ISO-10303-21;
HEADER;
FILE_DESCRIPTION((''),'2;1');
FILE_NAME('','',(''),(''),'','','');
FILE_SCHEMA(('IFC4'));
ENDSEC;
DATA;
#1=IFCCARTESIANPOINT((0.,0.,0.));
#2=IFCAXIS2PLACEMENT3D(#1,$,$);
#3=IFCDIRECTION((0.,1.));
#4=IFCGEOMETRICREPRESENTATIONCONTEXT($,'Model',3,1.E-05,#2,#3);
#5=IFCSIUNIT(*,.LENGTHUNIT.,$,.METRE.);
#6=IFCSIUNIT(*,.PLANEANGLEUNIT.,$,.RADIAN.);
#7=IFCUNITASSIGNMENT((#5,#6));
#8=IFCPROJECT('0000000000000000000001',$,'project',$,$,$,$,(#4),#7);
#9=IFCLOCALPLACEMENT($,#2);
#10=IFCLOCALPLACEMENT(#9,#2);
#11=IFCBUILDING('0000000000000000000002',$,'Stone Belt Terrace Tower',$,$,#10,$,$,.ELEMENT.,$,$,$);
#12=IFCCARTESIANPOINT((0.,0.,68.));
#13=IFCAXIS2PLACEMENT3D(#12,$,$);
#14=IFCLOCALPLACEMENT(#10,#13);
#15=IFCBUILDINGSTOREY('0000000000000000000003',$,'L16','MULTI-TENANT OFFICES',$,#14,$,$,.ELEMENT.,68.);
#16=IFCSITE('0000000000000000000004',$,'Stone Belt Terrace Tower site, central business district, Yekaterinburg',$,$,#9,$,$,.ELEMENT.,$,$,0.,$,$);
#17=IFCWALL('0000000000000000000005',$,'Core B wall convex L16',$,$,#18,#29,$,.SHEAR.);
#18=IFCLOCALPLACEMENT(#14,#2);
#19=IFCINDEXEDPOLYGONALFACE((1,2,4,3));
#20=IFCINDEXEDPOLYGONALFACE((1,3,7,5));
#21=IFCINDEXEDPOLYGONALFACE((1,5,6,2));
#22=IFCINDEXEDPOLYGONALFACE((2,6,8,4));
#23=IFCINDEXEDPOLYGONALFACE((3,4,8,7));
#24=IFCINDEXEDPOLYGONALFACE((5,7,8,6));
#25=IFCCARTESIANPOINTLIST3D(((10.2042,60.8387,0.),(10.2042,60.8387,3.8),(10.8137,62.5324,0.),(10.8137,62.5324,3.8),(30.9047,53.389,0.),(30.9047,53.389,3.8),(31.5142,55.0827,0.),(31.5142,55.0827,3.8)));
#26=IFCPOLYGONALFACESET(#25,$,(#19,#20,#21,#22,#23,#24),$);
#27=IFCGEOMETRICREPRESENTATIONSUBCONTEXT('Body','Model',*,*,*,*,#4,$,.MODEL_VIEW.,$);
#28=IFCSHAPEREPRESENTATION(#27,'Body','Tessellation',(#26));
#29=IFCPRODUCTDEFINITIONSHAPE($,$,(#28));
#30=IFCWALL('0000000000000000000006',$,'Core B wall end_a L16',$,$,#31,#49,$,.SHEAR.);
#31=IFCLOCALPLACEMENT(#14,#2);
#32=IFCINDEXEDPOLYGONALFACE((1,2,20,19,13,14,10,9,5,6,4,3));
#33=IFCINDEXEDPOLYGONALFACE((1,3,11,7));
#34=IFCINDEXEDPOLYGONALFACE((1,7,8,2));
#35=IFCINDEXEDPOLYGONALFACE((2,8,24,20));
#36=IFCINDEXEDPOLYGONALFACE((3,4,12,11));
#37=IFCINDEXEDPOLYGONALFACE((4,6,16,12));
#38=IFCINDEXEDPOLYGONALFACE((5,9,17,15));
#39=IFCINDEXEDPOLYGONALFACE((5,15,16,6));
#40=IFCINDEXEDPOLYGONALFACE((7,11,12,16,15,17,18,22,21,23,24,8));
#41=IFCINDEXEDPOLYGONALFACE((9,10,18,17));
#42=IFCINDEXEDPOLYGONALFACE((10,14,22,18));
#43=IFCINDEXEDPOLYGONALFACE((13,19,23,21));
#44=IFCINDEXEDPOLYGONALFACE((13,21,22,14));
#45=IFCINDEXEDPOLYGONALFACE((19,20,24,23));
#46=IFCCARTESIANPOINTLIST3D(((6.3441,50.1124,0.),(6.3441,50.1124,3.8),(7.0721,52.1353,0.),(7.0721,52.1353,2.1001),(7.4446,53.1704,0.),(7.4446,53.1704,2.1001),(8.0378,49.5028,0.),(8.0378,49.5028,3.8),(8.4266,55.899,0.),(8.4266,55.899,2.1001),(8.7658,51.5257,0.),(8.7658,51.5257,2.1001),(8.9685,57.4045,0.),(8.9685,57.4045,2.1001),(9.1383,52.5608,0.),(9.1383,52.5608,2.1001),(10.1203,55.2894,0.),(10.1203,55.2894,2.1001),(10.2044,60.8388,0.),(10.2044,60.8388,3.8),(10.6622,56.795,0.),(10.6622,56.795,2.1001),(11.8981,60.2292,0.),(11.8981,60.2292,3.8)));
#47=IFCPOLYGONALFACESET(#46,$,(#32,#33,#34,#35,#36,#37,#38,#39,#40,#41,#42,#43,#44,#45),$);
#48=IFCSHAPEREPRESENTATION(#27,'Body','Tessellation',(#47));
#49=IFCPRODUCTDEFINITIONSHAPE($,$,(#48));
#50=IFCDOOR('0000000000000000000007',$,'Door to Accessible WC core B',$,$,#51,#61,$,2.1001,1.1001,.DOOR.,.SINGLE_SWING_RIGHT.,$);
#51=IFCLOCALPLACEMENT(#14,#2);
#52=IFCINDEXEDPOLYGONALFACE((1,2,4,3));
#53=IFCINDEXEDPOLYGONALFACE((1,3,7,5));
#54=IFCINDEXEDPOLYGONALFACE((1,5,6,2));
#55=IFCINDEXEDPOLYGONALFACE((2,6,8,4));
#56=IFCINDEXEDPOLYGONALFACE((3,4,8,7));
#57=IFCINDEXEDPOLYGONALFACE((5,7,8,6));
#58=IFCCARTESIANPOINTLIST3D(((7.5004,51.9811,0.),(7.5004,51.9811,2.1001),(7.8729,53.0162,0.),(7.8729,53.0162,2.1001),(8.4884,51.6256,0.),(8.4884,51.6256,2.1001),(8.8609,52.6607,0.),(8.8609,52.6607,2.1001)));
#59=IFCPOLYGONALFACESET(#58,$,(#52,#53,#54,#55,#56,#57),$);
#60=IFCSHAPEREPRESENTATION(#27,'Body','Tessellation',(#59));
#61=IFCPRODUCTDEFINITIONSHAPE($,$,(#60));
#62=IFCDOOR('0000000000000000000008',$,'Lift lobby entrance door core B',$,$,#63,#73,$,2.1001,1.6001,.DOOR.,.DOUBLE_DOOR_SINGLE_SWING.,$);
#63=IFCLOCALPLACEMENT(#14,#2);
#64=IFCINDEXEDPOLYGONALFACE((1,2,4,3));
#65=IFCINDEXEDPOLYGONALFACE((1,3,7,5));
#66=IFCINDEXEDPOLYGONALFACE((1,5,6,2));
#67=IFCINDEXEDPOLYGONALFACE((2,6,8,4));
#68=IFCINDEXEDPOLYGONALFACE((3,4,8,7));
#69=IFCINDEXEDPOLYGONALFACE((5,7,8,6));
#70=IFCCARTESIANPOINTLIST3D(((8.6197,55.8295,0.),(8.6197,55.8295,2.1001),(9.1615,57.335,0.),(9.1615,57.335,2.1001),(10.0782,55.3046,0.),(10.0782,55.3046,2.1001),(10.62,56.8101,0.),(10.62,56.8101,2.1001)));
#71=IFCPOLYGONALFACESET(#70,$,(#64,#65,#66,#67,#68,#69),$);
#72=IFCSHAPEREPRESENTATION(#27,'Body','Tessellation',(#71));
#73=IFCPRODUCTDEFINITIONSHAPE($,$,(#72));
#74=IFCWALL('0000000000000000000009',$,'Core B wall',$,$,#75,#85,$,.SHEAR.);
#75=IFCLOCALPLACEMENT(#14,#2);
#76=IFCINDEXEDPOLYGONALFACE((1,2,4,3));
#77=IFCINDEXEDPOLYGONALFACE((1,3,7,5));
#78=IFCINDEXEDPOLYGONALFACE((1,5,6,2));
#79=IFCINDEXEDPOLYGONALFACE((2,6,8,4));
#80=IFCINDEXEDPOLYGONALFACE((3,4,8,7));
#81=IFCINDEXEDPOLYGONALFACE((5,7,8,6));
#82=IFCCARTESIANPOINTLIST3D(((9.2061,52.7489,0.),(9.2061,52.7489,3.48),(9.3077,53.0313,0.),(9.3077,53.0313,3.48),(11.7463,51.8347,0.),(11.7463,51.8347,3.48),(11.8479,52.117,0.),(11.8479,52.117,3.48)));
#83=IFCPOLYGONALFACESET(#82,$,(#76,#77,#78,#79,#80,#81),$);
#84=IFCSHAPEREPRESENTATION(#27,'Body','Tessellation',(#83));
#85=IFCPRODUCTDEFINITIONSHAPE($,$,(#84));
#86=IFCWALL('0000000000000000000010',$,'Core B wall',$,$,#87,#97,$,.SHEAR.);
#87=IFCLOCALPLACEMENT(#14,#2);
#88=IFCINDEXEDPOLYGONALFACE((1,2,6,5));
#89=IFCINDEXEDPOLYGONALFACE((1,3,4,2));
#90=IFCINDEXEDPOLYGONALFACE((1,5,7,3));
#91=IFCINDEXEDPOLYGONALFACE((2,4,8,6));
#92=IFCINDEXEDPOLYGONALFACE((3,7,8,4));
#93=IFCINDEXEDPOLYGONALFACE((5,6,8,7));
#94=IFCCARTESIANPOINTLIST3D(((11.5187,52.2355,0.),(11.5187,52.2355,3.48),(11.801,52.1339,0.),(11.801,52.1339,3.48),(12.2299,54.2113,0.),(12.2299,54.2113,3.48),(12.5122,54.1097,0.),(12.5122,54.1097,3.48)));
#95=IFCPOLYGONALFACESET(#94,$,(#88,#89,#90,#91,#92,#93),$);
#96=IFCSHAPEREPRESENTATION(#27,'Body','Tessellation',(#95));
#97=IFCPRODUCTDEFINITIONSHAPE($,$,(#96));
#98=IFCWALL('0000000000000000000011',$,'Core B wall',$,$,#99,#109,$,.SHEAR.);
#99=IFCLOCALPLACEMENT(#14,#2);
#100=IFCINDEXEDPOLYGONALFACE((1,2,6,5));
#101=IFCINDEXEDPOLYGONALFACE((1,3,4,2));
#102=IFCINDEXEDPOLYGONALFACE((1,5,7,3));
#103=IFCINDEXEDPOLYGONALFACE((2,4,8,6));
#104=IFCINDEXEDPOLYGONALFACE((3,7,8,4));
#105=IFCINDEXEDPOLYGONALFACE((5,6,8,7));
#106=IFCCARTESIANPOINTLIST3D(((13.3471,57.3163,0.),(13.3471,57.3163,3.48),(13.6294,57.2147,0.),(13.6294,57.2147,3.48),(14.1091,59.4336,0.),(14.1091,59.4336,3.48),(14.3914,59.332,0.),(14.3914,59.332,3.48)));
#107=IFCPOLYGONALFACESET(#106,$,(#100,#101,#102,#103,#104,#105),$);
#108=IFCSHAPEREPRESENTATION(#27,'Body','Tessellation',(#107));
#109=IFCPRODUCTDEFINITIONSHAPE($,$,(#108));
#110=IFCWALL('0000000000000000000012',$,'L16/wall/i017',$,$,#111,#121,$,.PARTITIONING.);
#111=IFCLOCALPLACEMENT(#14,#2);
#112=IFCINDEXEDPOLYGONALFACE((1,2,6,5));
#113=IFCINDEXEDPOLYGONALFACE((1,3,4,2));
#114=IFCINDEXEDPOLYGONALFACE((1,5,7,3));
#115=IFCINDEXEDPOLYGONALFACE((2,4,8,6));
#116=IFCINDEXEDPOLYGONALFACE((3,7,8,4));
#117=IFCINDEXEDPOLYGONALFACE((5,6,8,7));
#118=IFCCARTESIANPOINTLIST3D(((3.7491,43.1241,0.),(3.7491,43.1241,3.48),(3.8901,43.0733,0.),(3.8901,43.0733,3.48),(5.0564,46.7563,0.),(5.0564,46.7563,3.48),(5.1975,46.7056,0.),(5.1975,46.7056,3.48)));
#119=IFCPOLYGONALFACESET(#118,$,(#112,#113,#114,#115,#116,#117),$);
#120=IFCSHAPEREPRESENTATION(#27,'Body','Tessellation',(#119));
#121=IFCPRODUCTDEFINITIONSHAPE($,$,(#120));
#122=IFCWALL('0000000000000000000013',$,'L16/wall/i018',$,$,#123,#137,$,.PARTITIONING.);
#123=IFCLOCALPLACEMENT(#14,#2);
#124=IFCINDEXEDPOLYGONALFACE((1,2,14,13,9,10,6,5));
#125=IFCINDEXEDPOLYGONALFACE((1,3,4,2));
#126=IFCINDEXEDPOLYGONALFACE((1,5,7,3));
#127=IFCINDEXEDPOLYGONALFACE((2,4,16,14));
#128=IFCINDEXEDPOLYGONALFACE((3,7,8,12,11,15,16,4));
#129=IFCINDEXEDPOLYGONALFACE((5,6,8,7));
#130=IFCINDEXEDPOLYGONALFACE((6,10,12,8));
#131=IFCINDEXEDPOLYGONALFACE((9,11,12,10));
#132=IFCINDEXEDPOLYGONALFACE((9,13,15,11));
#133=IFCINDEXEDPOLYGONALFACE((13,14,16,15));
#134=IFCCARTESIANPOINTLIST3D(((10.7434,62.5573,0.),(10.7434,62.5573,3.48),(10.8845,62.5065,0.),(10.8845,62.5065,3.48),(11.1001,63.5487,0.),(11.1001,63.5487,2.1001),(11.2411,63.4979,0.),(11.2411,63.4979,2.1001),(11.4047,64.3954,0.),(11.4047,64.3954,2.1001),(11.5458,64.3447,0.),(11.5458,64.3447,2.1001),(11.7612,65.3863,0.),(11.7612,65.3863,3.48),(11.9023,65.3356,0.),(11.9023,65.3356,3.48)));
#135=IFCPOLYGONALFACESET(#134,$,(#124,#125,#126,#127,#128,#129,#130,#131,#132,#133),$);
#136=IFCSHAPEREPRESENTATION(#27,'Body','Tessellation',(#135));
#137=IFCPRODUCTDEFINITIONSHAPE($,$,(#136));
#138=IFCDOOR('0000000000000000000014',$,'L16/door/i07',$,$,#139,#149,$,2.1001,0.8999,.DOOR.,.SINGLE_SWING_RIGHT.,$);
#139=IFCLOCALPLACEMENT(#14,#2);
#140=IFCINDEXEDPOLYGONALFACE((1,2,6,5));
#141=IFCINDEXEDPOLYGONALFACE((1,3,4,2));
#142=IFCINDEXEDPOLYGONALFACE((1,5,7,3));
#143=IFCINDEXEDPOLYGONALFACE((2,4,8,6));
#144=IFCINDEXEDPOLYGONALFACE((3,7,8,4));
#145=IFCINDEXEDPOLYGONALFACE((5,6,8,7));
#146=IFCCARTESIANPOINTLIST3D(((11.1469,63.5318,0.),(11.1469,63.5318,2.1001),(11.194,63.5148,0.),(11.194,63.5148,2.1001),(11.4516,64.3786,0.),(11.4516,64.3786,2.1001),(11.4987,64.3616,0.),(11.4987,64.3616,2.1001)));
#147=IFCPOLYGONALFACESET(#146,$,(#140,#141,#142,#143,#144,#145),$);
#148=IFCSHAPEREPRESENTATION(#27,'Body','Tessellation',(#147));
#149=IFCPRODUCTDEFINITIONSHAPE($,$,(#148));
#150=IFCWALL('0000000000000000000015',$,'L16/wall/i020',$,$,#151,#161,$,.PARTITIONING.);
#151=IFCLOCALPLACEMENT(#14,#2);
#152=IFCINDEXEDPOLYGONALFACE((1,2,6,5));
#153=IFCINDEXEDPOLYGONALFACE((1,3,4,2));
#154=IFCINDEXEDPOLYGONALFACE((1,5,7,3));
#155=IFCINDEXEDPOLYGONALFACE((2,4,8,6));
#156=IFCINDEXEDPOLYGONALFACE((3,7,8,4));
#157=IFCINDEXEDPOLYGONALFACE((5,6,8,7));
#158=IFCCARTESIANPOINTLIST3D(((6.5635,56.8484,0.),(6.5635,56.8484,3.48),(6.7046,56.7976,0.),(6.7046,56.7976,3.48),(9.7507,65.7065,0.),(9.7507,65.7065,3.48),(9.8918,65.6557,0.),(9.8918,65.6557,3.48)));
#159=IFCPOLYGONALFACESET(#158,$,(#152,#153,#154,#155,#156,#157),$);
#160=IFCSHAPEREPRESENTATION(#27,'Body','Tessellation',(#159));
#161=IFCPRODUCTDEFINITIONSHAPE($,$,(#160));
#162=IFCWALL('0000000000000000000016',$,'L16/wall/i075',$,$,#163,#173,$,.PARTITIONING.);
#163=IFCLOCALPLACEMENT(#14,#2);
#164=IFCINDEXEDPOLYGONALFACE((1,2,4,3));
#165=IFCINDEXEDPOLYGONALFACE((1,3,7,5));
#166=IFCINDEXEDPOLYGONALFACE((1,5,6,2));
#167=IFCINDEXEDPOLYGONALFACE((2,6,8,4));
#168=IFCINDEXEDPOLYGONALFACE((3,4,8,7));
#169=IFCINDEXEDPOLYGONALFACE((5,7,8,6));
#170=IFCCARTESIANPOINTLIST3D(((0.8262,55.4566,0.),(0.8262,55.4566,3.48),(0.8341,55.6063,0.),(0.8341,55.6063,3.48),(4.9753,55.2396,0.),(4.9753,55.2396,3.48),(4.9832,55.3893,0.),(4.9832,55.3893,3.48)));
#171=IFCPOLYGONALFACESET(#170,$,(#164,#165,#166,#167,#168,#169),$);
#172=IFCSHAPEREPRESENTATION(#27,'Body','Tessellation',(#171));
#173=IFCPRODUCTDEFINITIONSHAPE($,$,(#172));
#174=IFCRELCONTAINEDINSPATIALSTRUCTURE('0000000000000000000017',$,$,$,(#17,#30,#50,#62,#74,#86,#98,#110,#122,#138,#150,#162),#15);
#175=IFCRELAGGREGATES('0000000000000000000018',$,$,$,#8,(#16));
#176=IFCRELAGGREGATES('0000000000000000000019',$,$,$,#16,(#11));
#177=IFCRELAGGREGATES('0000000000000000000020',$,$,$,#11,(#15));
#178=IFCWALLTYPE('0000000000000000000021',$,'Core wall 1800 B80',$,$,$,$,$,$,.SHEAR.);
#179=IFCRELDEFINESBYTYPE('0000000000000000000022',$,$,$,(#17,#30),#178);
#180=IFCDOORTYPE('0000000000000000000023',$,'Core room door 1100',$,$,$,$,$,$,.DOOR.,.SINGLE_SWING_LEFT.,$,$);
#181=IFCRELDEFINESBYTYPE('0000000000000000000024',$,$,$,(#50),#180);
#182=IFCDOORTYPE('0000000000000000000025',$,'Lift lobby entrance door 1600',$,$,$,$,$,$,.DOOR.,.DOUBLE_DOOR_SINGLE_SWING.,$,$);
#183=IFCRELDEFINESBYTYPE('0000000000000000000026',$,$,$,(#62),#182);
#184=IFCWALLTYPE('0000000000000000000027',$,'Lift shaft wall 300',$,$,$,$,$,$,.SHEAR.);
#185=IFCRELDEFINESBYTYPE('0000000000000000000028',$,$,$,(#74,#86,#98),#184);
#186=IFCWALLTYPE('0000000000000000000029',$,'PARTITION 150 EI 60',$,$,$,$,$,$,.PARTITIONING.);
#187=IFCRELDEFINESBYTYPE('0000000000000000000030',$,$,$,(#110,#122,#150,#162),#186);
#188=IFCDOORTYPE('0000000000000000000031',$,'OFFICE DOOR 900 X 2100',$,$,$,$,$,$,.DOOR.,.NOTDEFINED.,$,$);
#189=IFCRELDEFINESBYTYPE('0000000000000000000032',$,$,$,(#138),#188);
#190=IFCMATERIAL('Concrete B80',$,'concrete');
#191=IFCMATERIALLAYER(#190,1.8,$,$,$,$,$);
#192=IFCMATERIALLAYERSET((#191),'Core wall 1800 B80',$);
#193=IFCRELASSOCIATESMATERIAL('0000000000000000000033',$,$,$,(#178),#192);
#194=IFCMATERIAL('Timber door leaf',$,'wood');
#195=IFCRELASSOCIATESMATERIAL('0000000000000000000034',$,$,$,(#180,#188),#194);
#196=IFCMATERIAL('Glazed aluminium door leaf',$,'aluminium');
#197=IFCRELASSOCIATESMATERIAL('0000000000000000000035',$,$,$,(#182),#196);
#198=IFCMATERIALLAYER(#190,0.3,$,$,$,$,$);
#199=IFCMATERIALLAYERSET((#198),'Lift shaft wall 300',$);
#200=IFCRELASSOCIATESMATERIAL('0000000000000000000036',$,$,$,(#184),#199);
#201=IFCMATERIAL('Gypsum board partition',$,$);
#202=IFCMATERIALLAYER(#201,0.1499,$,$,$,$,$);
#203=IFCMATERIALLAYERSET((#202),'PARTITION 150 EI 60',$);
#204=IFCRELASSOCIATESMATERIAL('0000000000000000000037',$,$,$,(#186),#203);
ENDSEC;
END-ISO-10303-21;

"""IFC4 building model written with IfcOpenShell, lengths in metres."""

from ifc_helpers import new_model, si_unit, direction, frame, frame_2d, origin, place, context, subcontext, project, spatial, rectangle, extrude, material, layer, layer_set, type_object, element, fill, save


model = new_model("IFC4")

# Units and contexts
model_context = context("Model", 3, precision=1e-05, world=origin(), true_north=direction((0.0, 1.0)))
body_context = subcontext(model_context, "Body", "Model", "MODEL_VIEW")
ifc_project = project(units=[si_unit("LENGTHUNIT", "METRE"), si_unit("PLANEANGLEUNIT", "RADIAN")], contexts=[model_context])

# Site, building, storey
site_placement = place(None, origin())
site = spatial("IfcSite", under=ifc_project, at=site_placement, Name="Stone Belt Terrace Tower site, central business district, Yekaterinburg", CompositionType="ELEMENT", RefElevation=0.0)
building_placement = place(site_placement, origin())
building = spatial("IfcBuilding", under=site, at=building_placement, Name="Stone Belt Terrace Tower", CompositionType="ELEMENT")
storey_placement = place(building_placement, frame((0.0, 0.0, 68.0)))
storey = spatial("IfcBuildingStorey", under=building, at=storey_placement, Name="L16", Description="MULTI-TENANT OFFICES", CompositionType="ELEMENT", Elevation=68.0)

# Shared definitions
ifc_material_1 = material(Name="Concrete B80", Category="concrete")

# Shared definitions
ifc_layer_1 = layer(ifc_material_1, 1.8)
ifc_layer_set_1 = layer_set([ifc_layer_1], Name="Core wall 1800 B80")
wall_type_1 = type_object("IfcWallType", Name="Core wall 1800 B80", PredefinedType="SHEAR", material=ifc_layer_set_1)
ifc_material_2 = material(Name="Timber door leaf", Category="wood")
door_type_1 = type_object("IfcDoorType", Name="Core room door 1100", OperationType="SINGLE_SWING_LEFT", PredefinedType="DOOR", material=ifc_material_2)

# Wall
wall_1_placement = place(storey_placement, frame((10.509, 61.6855, 0.0), z_axis=(0.0, 0.0, 1.0), x_axis=(0.940923, -0.338621, 0.0)))
element("IfcWall", 1, at=wall_1_placement, inside=storey, type_object=wall_type_1, Name="Core B wall convex L16", PredefinedType="SHEAR", context=body_context, shape_type="SweptSolid", body=[
    extrude(rectangle(XDim=22.0002, YDim=1.8, at=frame_2d((11.0, 0.0))), origin(), (0.0, 0.0, 1.0), 3.8),
])

# Wall, openings, doors
wall_2_placement = place(storey_placement, frame((7.1909, 49.8076, 0.0), z_axis=(0.0, 0.0, 1.0), x_axis=(0.338632, 0.940919, 0.0)))
wall_2 = element("IfcWall", 2, at=wall_2_placement, inside=storey, type_object=wall_type_1, Name="Core B wall end_a L16", PredefinedType="SHEAR", context=body_context, shape_type="SweptSolid", body=[
    extrude(rectangle(XDim=11.3999, YDim=1.8, at=frame_2d((5.7, 0.0))), origin(), (0.0, 0.0, 1.0), 3.8),
])
opening_1_placement = place(wall_2_placement, frame((6.1499, 0.0, 0.0)))
opening_1 = element("IfcOpeningElement", 3, at=opening_1_placement, cuts=wall_2, PredefinedType="OPENING", context=body_context, shape_type="SweptSolid", body=[
    extrude(rectangle(XDim=1.6001, YDim=2.1001, at=frame_2d((0.8, 1.05))), frame((0.0, 0.9099, 0.0), z_axis=(0.0, -1.0, 0.0), x_axis=(1.0, 0.0, 0.0)), (0.0, 0.0, 1.0), 1.8201),
])
opening_2_placement = place(wall_2_placement, frame((2.1499, 0.0, 0.0)))
opening_2 = element("IfcOpeningElement", 4, at=opening_2_placement, cuts=wall_2, PredefinedType="OPENING", context=body_context, shape_type="SweptSolid", body=[
    extrude(rectangle(XDim=1.1001, YDim=2.1001, at=frame_2d((0.55, 1.05))), frame((0.0, 0.9099, 0.0), z_axis=(0.0, -1.0, 0.0), x_axis=(1.0, 0.0, 0.0)), (0.0, 0.0, 1.0), 1.8201),
])
door_1_placement = place(opening_2_placement, origin())
door_1 = element("IfcDoor", 5, at=door_1_placement, inside=storey, type_object=door_type_1, Name="Door to Accessible WC core B", OperationType="SINGLE_SWING_RIGHT", OverallHeight=2.1001, OverallWidth=1.1001, PredefinedType="DOOR", context=body_context, shape_type="SweptSolid", body=[
    extrude(rectangle(XDim=1.1001, YDim=2.1001, at=frame_2d((0.55, 1.05))), frame((0.0, 0.4448, 0.0), z_axis=(0.0, -1.0, 0.0), x_axis=(1.0, 0.0, 0.0)), (0.0, 0.0, 1.0), 1.05),
])
fill(opening_2, door_1)
ifc_material_3 = material(Name="Glazed aluminium door leaf", Category="aluminium")
door_type_2 = type_object("IfcDoorType", Name="Lift lobby entrance door 1600", OperationType="DOUBLE_DOOR_SINGLE_SWING", PredefinedType="DOOR", material=ifc_material_3)
door_2_placement = place(opening_1_placement, origin())
door_2 = element("IfcDoor", 6, at=door_2_placement, inside=storey, type_object=door_type_2, Name="Lift lobby entrance door core B", OperationType="DOUBLE_DOOR_SINGLE_SWING", OverallHeight=2.1001, OverallWidth=1.6001, PredefinedType="DOOR", context=body_context, shape_type="SweptSolid", body=[
    extrude(rectangle(XDim=1.6001, YDim=2.1001, at=frame_2d((0.8, 1.05))), frame((0.0, 0.6948, 0.0), z_axis=(0.0, -1.0, 0.0), x_axis=(1.0, 0.0, 0.0)), (0.0, 0.0, 1.0), 1.55),
])
fill(opening_1, door_2)

# Walls
ifc_layer_2 = layer(ifc_material_1, 0.3)
ifc_layer_set_2 = layer_set([ifc_layer_2], Name="Lift shaft wall 300")
wall_type_2 = type_object("IfcWallType", Name="Lift shaft wall 300", PredefinedType="SHEAR", material=ifc_layer_set_2)
wall_3_placement = place(storey_placement, frame((11.7971, 51.9758, 0.0), z_axis=(0.0, 0.0, 1.0), x_axis=(-0.94091, 0.338655, 0.0)))
element("IfcWall", 7, at=wall_3_placement, inside=storey, type_object=wall_type_2, Name="Core B wall", PredefinedType="SHEAR", context=body_context, shape_type="SweptSolid", body=[
    extrude(rectangle(XDim=2.6997, YDim=0.3, at=frame_2d((1.3499, 0.0))), origin(), (0.0, 0.0, 1.0), 3.48),
])
wall_4_placement = place(storey_placement, frame((11.6599, 52.1848, 0.0), z_axis=(0.0, 0.0, 1.0), x_axis=(0.33867, 0.940905, 0.0)))
element("IfcWall", 8, at=wall_4_placement, inside=storey, type_object=wall_type_2, Name="Core B wall", PredefinedType="SHEAR", context=body_context, shape_type="SweptSolid", body=[
    extrude(rectangle(XDim=2.0999, YDim=0.3, at=frame_2d((1.0498, 0.0))), origin(), (0.0, 0.0, 1.0), 3.48),
])
wall_5_placement = place(storey_placement, frame((13.4883, 57.2656, 0.0), z_axis=(0.0, 0.0, 1.0), x_axis=(0.338631, 0.940919, 0.0)))
element("IfcWall", 9, at=wall_5_placement, inside=storey, type_object=wall_type_2, Name="Core B wall", PredefinedType="SHEAR", context=body_context, shape_type="SweptSolid", body=[
    extrude(rectangle(XDim=2.2502, YDim=0.3, at=frame_2d((1.125, 0.0))), origin(), (0.0, 0.0, 1.0), 3.48),
])
ifc_material_4 = material(Name="Gypsum board partition")
ifc_layer_3 = layer(ifc_material_4, 0.1499)
ifc_layer_set_3 = layer_set([ifc_layer_3], Name="PARTITION 150 EI 60")
wall_type_3 = type_object("IfcWallType", Name="PARTITION 150 EI 60", PredefinedType="PARTITIONING", material=ifc_layer_set_3)
wall_6_placement = place(storey_placement, frame((5.127, 46.731, 0.0), z_axis=(0.0, 0.0, 1.0), x_axis=(-0.338659, -0.940909, 0.0)))
element("IfcWall", 10, at=wall_6_placement, inside=storey, type_object=wall_type_3, Name="L16/wall/i017", PredefinedType="PARTITIONING", context=body_context, shape_type="SweptSolid", body=[
    extrude(rectangle(XDim=3.8604, YDim=0.1499, at=frame_2d((1.9302, 0.0))), origin(), (0.0, 0.0, 1.0), 3.48),
])

# Wall, opening, door
wall_7_placement = place(storey_placement, frame((11.8318, 65.3611, 0.0), z_axis=(0.0, 0.0, 1.0), x_axis=(-0.338527, -0.940957, 0.0)))
wall_7 = element("IfcWall", 11, at=wall_7_placement, inside=storey, type_object=wall_type_3, Name="L16/wall/i018", PredefinedType="PARTITIONING", context=body_context, shape_type="SweptSolid", body=[
    extrude(rectangle(XDim=3.0066, YDim=0.1499, at=frame_2d((1.5034, 0.0))), origin(), (0.0, 0.0, 1.0), 3.48),
])
opening_3_placement = place(wall_7_placement, frame((1.0532, 0.0, 0.0)))
opening_3 = element("IfcOpeningElement", 12, at=opening_3_placement, cuts=wall_7, PredefinedType="OPENING", context=body_context, shape_type="SweptSolid", body=[
    extrude(rectangle(XDim=0.8999, YDim=2.1001, at=frame_2d((0.45, 1.05))), frame((0.0, 0.085, 0.0), z_axis=(0.0, -1.0, 0.0), x_axis=(1.0, 0.0, 0.0)), (0.0, 0.0, 1.0), 0.1699),
])
door_type_3 = type_object("IfcDoorType", Name="OFFICE DOOR 900 X 2100", OperationType="NOTDEFINED", PredefinedType="DOOR", material=ifc_material_2)
door_3_placement = place(opening_3_placement, origin())
door_3 = element("IfcDoor", 13, at=door_3_placement, inside=storey, type_object=door_type_3, Name="L16/door/i07", OperationType="SINGLE_SWING_RIGHT", OverallHeight=2.1001, OverallWidth=0.8999, PredefinedType="DOOR", context=body_context, shape_type="SweptSolid", body=[
    extrude(rectangle(XDim=0.8999, YDim=2.1001, at=frame_2d((0.45, 1.05))), frame((0.0, 0.0249, 0.0), z_axis=(0.0, -1.0, 0.0), x_axis=(1.0, 0.0, 0.0)), (0.0, 0.0, 1.0), 0.05),
])
fill(opening_3, door_3)

# Walls
wall_8_placement = place(storey_placement, frame((6.634, 56.823, 0.0), z_axis=(0.0, 0.0, 1.0), x_axis=(0.338562, 0.940944, 0.0)))
element("IfcWall", 14, at=wall_8_placement, inside=storey, type_object=wall_type_3, Name="L16/wall/i020", PredefinedType="PARTITIONING", context=body_context, shape_type="SweptSolid", body=[
    extrude(rectangle(XDim=9.4141, YDim=0.1499, at=frame_2d((4.707, 0.0))), origin(), (0.0, 0.0, 1.0), 3.48),
])
wall_9_placement = place(storey_placement, frame((4.9792, 55.3145, 0.0), z_axis=(0.0, 0.0, 1.0), x_axis=(-0.998635, 0.052238, 0.0)))
element("IfcWall", 15, at=wall_9_placement, inside=storey, type_object=wall_type_3, Name="L16/wall/i075", PredefinedType="PARTITIONING", context=body_context, shape_type="SweptSolid", body=[
    extrude(rectangle(XDim=4.1548, YDim=0.1499, at=frame_2d((2.0774, 0.0))), origin(), (0.0, 0.0, 1.0), 3.48),
])

save(model, "model.ifc")
